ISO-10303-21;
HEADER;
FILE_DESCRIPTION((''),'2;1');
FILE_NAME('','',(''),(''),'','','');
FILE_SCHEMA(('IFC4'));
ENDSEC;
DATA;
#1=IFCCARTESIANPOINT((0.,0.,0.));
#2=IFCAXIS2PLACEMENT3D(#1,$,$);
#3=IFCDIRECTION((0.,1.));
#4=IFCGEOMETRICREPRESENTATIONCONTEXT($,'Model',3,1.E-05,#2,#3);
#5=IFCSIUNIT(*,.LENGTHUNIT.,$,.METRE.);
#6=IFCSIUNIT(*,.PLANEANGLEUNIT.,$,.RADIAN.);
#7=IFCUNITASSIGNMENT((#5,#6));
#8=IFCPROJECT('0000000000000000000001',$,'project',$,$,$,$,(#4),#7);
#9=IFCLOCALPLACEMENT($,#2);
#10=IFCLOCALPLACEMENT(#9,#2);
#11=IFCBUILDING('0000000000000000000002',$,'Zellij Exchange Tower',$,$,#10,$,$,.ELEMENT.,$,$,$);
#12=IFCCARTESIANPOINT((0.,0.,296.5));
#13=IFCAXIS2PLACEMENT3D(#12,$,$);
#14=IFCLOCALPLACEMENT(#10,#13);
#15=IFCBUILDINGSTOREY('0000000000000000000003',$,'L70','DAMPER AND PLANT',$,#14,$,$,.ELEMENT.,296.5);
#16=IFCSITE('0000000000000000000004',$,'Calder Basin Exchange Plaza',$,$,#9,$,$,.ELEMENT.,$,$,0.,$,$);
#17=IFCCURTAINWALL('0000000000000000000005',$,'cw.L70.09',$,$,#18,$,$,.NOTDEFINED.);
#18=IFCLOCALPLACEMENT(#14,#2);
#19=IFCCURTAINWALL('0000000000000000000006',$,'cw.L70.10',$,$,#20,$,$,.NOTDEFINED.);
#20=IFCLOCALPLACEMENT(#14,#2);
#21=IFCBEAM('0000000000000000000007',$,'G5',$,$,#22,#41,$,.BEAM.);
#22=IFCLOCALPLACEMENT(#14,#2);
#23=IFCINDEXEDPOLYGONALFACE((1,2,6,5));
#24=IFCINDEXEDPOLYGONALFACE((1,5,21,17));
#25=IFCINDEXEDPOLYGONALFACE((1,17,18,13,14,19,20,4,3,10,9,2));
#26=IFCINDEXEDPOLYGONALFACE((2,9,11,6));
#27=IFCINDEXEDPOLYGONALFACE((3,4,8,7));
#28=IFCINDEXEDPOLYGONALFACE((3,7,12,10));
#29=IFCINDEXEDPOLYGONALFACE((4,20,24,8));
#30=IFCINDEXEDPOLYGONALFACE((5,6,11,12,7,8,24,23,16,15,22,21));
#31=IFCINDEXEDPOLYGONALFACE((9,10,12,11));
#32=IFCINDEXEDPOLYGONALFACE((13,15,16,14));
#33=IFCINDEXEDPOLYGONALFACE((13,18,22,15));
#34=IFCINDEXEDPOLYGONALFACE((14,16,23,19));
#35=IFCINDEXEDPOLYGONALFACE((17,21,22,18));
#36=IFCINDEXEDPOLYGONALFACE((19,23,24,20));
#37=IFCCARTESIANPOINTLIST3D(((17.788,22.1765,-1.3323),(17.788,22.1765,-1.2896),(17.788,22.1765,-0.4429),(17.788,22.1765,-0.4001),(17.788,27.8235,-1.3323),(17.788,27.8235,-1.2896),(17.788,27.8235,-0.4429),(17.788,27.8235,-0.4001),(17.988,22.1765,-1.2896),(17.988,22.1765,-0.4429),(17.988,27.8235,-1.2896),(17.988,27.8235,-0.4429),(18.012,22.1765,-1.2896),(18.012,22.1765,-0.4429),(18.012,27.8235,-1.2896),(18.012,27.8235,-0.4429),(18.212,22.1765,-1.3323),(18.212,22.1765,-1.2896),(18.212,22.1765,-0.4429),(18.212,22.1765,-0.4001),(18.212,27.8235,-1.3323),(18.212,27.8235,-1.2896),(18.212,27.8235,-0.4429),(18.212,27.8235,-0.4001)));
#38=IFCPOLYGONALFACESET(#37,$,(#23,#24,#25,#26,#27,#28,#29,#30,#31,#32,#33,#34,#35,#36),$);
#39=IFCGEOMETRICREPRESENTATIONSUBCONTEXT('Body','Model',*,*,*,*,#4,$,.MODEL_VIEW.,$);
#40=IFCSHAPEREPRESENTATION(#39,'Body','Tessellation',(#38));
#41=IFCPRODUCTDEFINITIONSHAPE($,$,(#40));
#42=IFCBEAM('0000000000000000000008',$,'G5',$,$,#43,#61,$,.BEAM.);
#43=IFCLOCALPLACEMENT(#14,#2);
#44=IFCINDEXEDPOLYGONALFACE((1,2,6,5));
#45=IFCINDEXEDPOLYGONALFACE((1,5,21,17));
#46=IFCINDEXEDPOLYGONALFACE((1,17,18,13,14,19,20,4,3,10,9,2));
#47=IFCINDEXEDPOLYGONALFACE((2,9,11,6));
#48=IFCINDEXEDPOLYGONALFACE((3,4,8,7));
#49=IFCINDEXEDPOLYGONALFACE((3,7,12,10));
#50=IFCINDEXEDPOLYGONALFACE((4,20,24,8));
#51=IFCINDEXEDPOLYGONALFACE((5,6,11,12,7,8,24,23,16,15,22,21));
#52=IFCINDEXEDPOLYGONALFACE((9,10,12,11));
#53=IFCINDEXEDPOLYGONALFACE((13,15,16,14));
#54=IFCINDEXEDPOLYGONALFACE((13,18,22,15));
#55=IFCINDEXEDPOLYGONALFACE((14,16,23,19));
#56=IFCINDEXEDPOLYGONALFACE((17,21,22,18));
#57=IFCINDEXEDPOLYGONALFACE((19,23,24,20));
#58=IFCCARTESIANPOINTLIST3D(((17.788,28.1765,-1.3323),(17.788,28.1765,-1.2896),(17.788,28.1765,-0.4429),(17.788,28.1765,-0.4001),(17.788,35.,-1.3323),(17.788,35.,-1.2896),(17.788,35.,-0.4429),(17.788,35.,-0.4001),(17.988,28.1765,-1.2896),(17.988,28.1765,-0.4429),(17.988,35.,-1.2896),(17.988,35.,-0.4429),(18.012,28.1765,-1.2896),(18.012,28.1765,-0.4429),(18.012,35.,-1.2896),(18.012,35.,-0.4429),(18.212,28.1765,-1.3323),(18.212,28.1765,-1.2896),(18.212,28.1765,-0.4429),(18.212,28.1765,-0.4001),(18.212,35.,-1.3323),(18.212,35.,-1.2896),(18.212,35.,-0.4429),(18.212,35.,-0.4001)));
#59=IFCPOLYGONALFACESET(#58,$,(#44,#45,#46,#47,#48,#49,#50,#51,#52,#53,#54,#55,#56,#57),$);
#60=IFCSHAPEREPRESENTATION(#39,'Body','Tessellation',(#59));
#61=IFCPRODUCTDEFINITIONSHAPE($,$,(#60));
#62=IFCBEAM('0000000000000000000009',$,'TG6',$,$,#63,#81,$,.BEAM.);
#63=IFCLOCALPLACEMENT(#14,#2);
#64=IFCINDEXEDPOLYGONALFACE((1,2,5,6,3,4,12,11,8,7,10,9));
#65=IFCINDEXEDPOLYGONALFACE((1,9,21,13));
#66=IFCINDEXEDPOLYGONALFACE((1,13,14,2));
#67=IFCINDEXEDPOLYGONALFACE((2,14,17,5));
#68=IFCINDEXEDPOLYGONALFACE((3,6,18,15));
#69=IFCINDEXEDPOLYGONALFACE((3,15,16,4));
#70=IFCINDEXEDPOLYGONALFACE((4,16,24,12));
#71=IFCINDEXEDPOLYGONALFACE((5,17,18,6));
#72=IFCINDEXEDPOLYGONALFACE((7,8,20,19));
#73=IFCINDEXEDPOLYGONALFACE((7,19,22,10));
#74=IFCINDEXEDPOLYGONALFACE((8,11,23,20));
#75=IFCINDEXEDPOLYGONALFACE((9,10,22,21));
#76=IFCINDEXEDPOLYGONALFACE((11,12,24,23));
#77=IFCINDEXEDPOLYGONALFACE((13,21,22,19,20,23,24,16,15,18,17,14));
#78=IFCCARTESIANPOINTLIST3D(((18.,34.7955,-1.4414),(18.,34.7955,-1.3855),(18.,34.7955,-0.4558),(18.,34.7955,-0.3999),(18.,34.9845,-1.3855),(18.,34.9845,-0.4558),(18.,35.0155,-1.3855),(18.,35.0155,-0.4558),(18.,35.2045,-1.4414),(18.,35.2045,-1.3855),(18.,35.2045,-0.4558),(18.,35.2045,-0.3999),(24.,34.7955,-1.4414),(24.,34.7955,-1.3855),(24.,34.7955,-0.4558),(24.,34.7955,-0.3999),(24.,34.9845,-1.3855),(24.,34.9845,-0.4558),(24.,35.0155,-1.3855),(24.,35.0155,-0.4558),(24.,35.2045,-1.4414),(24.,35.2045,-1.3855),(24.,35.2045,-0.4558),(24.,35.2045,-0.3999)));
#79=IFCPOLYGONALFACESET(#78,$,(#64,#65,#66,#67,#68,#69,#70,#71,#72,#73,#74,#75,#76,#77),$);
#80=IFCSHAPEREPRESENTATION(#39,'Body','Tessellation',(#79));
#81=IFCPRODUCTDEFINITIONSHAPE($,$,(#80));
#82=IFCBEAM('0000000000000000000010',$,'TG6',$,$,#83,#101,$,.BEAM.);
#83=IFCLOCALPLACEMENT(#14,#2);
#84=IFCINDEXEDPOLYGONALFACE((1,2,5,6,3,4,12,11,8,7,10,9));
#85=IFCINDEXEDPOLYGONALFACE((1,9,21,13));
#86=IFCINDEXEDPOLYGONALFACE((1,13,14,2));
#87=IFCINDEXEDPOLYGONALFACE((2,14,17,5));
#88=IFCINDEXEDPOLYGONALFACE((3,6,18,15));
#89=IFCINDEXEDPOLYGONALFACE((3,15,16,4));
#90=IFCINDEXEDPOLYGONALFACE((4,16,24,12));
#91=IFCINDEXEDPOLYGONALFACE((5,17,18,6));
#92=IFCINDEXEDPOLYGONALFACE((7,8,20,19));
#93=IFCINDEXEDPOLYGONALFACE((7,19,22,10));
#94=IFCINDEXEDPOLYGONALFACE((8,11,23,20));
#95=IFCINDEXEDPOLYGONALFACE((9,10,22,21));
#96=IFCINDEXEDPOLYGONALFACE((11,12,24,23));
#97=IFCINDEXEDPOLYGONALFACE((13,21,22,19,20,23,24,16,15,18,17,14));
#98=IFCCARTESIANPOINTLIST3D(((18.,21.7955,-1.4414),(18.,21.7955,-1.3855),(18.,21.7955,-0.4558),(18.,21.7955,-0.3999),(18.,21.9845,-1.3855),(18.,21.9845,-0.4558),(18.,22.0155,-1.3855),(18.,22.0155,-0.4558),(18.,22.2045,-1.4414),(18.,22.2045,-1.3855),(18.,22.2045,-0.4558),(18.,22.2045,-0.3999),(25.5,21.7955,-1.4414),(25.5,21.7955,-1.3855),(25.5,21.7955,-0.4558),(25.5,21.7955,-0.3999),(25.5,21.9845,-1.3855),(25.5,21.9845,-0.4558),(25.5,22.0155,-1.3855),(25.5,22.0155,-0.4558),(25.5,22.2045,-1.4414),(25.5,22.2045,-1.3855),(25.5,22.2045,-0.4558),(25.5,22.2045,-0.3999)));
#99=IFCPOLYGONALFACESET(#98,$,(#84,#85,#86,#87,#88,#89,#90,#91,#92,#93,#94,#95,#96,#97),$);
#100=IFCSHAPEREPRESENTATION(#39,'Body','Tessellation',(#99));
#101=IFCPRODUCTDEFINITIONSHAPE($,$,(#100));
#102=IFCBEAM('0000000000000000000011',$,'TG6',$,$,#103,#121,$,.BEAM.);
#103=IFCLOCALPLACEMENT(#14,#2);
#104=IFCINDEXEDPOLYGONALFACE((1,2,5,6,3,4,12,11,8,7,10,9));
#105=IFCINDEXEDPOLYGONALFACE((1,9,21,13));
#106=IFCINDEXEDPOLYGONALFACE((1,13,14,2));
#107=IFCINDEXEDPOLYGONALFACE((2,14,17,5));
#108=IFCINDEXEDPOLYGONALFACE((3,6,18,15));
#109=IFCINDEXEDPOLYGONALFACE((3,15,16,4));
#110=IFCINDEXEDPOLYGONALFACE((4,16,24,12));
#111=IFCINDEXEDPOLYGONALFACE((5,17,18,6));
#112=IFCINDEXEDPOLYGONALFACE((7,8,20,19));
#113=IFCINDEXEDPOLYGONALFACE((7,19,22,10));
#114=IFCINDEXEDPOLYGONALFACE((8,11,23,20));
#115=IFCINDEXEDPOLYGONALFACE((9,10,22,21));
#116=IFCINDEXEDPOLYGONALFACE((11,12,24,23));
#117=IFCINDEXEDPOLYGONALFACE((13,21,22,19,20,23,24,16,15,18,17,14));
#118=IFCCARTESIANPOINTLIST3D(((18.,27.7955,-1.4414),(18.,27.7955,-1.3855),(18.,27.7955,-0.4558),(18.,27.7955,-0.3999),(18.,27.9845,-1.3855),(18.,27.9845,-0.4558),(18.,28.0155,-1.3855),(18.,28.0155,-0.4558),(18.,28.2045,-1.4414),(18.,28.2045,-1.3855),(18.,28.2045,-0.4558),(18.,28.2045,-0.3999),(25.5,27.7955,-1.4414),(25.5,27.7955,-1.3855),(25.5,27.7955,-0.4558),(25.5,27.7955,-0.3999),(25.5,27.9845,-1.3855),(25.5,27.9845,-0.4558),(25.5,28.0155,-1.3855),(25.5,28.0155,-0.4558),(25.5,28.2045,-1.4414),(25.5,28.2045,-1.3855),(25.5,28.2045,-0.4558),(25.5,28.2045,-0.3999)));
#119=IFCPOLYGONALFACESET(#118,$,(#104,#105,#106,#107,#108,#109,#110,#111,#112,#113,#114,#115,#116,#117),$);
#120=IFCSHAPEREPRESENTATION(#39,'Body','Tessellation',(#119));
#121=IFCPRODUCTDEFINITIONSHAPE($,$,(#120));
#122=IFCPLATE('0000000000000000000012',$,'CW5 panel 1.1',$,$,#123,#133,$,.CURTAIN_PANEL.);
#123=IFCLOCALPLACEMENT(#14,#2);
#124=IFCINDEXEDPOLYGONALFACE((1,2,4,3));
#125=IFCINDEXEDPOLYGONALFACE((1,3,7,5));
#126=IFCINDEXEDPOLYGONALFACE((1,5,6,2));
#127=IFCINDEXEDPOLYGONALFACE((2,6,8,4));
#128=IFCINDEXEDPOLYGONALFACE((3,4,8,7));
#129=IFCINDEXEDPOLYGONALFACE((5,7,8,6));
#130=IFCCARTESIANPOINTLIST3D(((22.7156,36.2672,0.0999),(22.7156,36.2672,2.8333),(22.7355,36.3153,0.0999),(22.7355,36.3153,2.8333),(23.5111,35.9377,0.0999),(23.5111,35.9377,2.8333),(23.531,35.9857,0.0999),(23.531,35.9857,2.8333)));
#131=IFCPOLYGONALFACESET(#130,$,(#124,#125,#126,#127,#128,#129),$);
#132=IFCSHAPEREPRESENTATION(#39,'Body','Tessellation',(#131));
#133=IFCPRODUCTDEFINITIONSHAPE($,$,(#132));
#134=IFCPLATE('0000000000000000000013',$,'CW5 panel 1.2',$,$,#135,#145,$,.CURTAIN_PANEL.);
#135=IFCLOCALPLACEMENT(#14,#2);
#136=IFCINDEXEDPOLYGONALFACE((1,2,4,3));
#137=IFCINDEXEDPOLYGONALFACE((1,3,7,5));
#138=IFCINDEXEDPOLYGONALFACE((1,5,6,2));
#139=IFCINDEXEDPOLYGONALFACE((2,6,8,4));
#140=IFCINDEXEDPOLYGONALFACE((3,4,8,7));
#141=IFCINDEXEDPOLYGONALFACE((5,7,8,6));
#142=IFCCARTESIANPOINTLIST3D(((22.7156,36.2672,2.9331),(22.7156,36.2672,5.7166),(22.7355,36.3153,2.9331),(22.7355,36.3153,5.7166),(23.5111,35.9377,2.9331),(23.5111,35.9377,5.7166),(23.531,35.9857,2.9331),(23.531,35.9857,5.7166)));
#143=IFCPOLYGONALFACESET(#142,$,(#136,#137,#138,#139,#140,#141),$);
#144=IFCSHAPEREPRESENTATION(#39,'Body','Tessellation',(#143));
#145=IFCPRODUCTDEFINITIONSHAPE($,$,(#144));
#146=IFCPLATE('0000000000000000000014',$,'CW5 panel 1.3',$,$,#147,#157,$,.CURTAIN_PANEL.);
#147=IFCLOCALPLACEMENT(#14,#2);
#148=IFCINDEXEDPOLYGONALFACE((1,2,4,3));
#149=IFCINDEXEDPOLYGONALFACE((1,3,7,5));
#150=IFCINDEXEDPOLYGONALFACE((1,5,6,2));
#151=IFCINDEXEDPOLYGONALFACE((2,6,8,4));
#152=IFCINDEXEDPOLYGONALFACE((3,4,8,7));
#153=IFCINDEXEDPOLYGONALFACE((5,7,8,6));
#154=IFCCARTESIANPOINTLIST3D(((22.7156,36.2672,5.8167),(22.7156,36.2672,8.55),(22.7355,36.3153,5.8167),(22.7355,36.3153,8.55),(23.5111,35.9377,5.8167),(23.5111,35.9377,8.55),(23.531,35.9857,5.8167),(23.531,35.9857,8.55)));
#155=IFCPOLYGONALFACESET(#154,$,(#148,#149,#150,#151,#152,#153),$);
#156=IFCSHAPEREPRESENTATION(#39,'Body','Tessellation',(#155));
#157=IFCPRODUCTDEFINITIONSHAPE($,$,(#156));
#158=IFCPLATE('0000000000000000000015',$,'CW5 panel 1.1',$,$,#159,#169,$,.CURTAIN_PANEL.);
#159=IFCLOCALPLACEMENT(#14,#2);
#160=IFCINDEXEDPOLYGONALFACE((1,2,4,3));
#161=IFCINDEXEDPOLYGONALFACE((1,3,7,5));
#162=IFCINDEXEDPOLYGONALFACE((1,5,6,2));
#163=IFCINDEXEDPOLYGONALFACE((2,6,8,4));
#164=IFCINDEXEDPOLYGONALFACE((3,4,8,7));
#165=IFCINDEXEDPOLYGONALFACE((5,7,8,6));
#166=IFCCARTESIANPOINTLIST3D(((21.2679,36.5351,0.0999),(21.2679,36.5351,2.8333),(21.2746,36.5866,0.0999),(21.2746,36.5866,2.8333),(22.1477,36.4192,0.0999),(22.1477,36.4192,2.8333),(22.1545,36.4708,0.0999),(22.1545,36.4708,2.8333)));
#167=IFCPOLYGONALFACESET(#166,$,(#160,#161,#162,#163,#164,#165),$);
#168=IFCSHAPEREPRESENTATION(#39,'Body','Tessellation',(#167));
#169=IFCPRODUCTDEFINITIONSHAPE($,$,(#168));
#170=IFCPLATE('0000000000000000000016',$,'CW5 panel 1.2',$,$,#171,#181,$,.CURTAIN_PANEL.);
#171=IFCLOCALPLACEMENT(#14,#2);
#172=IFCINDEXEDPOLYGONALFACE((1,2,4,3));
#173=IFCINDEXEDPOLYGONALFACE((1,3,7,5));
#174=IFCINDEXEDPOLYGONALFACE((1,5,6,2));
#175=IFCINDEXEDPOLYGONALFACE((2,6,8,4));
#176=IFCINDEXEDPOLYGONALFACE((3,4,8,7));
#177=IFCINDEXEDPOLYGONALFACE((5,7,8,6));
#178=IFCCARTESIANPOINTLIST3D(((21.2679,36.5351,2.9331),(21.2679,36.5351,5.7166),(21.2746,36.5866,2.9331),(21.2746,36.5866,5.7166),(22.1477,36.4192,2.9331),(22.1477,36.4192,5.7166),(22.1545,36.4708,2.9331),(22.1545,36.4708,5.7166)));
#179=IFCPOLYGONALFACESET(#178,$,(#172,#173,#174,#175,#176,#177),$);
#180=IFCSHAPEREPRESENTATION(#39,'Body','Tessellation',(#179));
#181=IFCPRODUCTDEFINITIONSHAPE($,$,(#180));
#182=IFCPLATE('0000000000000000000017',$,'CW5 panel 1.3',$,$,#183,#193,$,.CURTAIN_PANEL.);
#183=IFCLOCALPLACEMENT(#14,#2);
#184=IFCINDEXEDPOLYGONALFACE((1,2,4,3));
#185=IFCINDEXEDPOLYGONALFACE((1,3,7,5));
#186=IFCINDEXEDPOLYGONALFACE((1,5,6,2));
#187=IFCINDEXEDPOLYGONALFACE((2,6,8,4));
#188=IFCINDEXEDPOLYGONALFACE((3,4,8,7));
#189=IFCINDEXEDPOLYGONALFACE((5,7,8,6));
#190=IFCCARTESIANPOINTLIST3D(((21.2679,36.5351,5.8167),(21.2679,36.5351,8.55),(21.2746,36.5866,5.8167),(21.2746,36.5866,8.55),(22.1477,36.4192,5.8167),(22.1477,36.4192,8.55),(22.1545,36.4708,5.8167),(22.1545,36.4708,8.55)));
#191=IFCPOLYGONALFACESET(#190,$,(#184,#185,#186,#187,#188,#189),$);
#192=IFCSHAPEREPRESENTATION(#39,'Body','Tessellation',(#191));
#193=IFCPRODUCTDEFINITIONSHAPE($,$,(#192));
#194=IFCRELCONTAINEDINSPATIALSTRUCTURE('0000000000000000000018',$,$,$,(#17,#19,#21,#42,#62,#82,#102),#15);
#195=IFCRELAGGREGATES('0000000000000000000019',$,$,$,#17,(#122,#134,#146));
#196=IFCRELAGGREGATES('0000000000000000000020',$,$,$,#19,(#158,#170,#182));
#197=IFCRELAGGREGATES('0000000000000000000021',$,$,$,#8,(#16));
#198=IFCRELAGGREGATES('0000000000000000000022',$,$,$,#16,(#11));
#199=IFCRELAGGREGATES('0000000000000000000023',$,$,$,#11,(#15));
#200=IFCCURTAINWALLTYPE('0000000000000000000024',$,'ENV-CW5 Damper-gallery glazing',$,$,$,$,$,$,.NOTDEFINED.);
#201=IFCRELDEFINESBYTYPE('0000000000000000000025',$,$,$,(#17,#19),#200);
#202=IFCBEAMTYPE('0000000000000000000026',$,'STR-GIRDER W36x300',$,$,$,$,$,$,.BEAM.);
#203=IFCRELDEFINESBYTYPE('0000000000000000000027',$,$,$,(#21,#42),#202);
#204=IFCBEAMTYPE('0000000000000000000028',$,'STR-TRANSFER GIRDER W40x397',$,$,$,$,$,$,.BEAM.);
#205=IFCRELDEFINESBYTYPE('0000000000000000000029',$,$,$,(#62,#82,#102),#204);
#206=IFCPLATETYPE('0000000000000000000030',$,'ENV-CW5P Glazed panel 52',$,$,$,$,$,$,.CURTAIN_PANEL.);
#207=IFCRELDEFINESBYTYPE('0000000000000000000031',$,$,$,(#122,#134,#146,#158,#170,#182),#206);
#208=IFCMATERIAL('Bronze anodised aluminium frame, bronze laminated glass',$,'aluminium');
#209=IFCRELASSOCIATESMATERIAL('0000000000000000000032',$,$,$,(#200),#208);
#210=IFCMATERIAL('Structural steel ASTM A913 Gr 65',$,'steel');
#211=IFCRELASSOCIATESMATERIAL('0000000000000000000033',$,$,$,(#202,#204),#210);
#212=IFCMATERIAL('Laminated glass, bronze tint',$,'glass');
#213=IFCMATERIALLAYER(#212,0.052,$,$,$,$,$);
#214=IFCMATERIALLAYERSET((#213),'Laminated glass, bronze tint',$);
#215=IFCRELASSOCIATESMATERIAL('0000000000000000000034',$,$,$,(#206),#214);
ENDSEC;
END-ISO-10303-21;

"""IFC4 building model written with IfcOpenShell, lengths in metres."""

from ifc_helpers import new_model, si_unit, direction, frame, origin, origin_2d, place, context, subcontext, project, spatial, rectangle, i_section, extrude, material, layer, layer_set, material_profile, profile_set, type_object, element, aggregate, save


model = new_model("IFC4")

# Units and contexts
model_context = context("Model", 3, precision=1e-05, world=origin(), true_north=direction((0.0, 1.0)))
body_context = subcontext(model_context, "Body", "Model", "MODEL_VIEW")
ifc_project = project(units=[si_unit("LENGTHUNIT", "METRE"), si_unit("PLANEANGLEUNIT", "RADIAN")], contexts=[model_context])

# Site, building, storey
site_placement = place(None, origin())
site = spatial("IfcSite", under=ifc_project, at=site_placement, Name="Calder Basin Exchange Plaza", CompositionType="ELEMENT", RefElevation=0.0)
building_placement = place(site_placement, origin())
building = spatial("IfcBuilding", under=site, at=building_placement, Name="Zellij Exchange Tower", CompositionType="ELEMENT")
storey_placement = place(building_placement, frame((0.0, 0.0, 296.5)))
storey = spatial("IfcBuildingStorey", under=building, at=storey_placement, Name="L70", Description="DAMPER AND PLANT", CompositionType="ELEMENT", Elevation=296.5)

# Curtain wall
ifc_material_1 = material(Name="Bronze anodised aluminium frame, bronze laminated glass", Category="aluminium")
curtain_wall_type = type_object("IfcCurtainWallType", Name="ENV-CW5 Damper-gallery glazing", PredefinedType="NOTDEFINED", material=ifc_material_1)
curtain_wall_1_placement = place(storey_placement, origin())
curtain_wall_1 = element("IfcCurtainWall", 1, at=curtain_wall_1_placement, inside=storey, type_object=curtain_wall_type, Name="cw.L70.09", PredefinedType="NOTDEFINED")

# Curtain wall
curtain_wall_2_placement = place(storey_placement, origin())
curtain_wall_2 = element("IfcCurtainWall", 2, at=curtain_wall_2_placement, inside=storey, type_object=curtain_wall_type, Name="cw.L70.10", PredefinedType="NOTDEFINED")

# Beams
ifc_material_2 = material(Name="Structural steel ASTM A913 Gr 65", Category="steel")
ifc_material_profile_1 = material_profile(ifc_material_2, i_section(OverallWidth=0.4241, OverallDepth=0.9321, WebThickness=0.0239, FlangeThickness=0.0427, at=origin_2d()), Name="W36x300")
ifc_profile_set_1 = profile_set([ifc_material_profile_1], Name="Structural steel ASTM A913 Gr 65")
beam_type_1 = type_object("IfcBeamType", Name="STR-GIRDER W36x300", PredefinedType="BEAM", material=ifc_profile_set_1)
beam_1_placement = place(storey_placement, frame((18.0, 22.1765, -0.8662), z_axis=(0.0, 1.0, 0.0), x_axis=(-1.0, 0.0, 0.0)))
element("IfcBeam", 3, at=beam_1_placement, inside=storey, type_object=beam_type_1, Name="G5", PredefinedType="BEAM", context=body_context, shape_type="SweptSolid", body=[
    extrude(i_section(OverallWidth=0.4241, OverallDepth=0.9321, WebThickness=0.0239, FlangeThickness=0.0427, at=origin_2d()), origin(), (0.0, 0.0, 1.0), 5.647),
])
beam_2_placement = place(storey_placement, frame((18.0, 28.1765, -0.8662), z_axis=(0.0, 1.0, 0.0), x_axis=(-1.0, 0.0, 0.0)))
element("IfcBeam", 4, at=beam_2_placement, inside=storey, type_object=beam_type_1, Name="G5", PredefinedType="BEAM", context=body_context, shape_type="SweptSolid", body=[
    extrude(i_section(OverallWidth=0.4241, OverallDepth=0.9321, WebThickness=0.0239, FlangeThickness=0.0427, at=origin_2d()), origin(), (0.0, 0.0, 1.0), 6.8235),
])
ifc_material_profile_2 = material_profile(ifc_material_2, i_section(OverallWidth=0.4089, OverallDepth=1.0415, WebThickness=0.031, FlangeThickness=0.0559, at=origin_2d()), Name="W40x397")
ifc_profile_set_2 = profile_set([ifc_material_profile_2], Name="Structural steel ASTM A913 Gr 65")
beam_type_2 = type_object("IfcBeamType", Name="STR-TRANSFER GIRDER W40x397", PredefinedType="BEAM", material=ifc_profile_set_2)
beam_3_placement = place(storey_placement, frame((18.0, 35.0, -0.9207), z_axis=(1.0, 0.0, 0.0), x_axis=(0.0, 1.0, 0.0)))
element("IfcBeam", 5, at=beam_3_placement, inside=storey, type_object=beam_type_2, Name="TG6", PredefinedType="BEAM", context=body_context, shape_type="SweptSolid", body=[
    extrude(i_section(OverallWidth=0.4089, OverallDepth=1.0415, WebThickness=0.031, FlangeThickness=0.0559, at=origin_2d()), origin(), (0.0, 0.0, 1.0), 6.0),
])
for number, where, z_axis, x_axis, name in (
    (6, (18.0, 22.0, -0.9207), (1.0, 0.0, 0.0), (0.0, 1.0, 0.0), "TG6"),
    (7, (18.0, 28.0, -0.9207), (1.0, 0.0, 0.0), (0.0, 1.0, 0.0), "TG6"),
):
    element("IfcBeam", number, at=place(storey_placement, frame(where, z_axis=z_axis, x_axis=x_axis)), inside=storey, type_object=beam_type_2, Name=name, PredefinedType="BEAM", context=body_context, shape_type="SweptSolid", body=[
        extrude(i_section(OverallWidth=0.4089, OverallDepth=1.0415, WebThickness=0.031, FlangeThickness=0.0559, at=origin_2d()), origin(), (0.0, 0.0, 1.0), 7.5),
    ])

# Plates
ifc_material_3 = material(Name="Laminated glass, bronze tint", Category="glass")
ifc_layer = layer(ifc_material_3, 0.052)
ifc_layer_set = layer_set([ifc_layer], Name="Laminated glass, bronze tint")
plate_type = type_object("IfcPlateType", Name="ENV-CW5P Glazed panel 52", PredefinedType="CURTAIN_PANEL", material=ifc_layer_set)
plate_1_placement = place(storey_placement, frame((23.1233, 36.1265, 0.0999), z_axis=(0.0, 0.0, 1.0), x_axis=(-0.92385, 0.382754, 0.0)))
plate_1 = element("IfcPlate", 8, at=plate_1_placement, type_object=plate_type, Name="CW5 panel 1.1", PredefinedType="CURTAIN_PANEL", context=body_context, shape_type="SweptSolid", body=[
    extrude(rectangle(XDim=0.8611, YDim=0.052, at=origin_2d()), origin(), (0.0, 0.0, 1.0), 2.7334),
])
plate_2_placement = place(storey_placement, frame((23.1233, 36.1265, 2.9331), z_axis=(0.0, 0.0, 1.0), x_axis=(-0.92385, 0.382754, 0.0)))
plate_2 = element("IfcPlate", 9, at=plate_2_placement, type_object=plate_type, Name="CW5 panel 1.2", PredefinedType="CURTAIN_PANEL", context=body_context, shape_type="SweptSolid", body=[
    extrude(rectangle(XDim=0.8611, YDim=0.052, at=origin_2d()), origin(), (0.0, 0.0, 1.0), 2.7834),
])
plate_3_placement = place(storey_placement, frame((23.1233, 36.1265, 5.8167), z_axis=(0.0, 0.0, 1.0), x_axis=(-0.92385, 0.382754, 0.0)))
plate_3 = element("IfcPlate", 10, at=plate_3_placement, type_object=plate_type, Name="CW5 panel 1.3", PredefinedType="CURTAIN_PANEL", context=body_context, shape_type="SweptSolid", body=[
    extrude(rectangle(XDim=0.8611, YDim=0.052, at=origin_2d()), origin(), (0.0, 0.0, 1.0), 2.7334),
])
aggregate(curtain_wall_1, [plate_1, plate_2, plate_3])
plate_4_placement = place(storey_placement, frame((21.7112, 36.5029, 0.0999), z_axis=(0.0, 0.0, 1.0), x_axis=(-0.991449, 0.130495, 0.0)))
plate_4 = element("IfcPlate", 11, at=plate_4_placement, type_object=plate_type, Name="CW5 panel 1.1", PredefinedType="CURTAIN_PANEL", context=body_context, shape_type="SweptSolid", body=[
    extrude(rectangle(XDim=0.8875, YDim=0.052, at=origin_2d()), origin(), (0.0, 0.0, 1.0), 2.7334),
])
plate_5_placement = place(storey_placement, frame((21.7112, 36.5029, 2.9331), z_axis=(0.0, 0.0, 1.0), x_axis=(-0.991449, 0.130495, 0.0)))
plate_5 = element("IfcPlate", 12, at=plate_5_placement, type_object=plate_type, Name="CW5 panel 1.2", PredefinedType="CURTAIN_PANEL", context=body_context, shape_type="SweptSolid", body=[
    extrude(rectangle(XDim=0.8875, YDim=0.052, at=origin_2d()), origin(), (0.0, 0.0, 1.0), 2.7834),
])
plate_6_placement = place(storey_placement, frame((21.7112, 36.5029, 5.8167), z_axis=(0.0, 0.0, 1.0), x_axis=(-0.991449, 0.130495, 0.0)))
plate_6 = element("IfcPlate", 13, at=plate_6_placement, type_object=plate_type, Name="CW5 panel 1.3", PredefinedType="CURTAIN_PANEL", context=body_context, shape_type="SweptSolid", body=[
    extrude(rectangle(XDim=0.8875, YDim=0.052, at=origin_2d()), origin(), (0.0, 0.0, 1.0), 2.7334),
])
aggregate(curtain_wall_2, [plate_4, plate_5, plate_6])

save(model, "model.ifc")
